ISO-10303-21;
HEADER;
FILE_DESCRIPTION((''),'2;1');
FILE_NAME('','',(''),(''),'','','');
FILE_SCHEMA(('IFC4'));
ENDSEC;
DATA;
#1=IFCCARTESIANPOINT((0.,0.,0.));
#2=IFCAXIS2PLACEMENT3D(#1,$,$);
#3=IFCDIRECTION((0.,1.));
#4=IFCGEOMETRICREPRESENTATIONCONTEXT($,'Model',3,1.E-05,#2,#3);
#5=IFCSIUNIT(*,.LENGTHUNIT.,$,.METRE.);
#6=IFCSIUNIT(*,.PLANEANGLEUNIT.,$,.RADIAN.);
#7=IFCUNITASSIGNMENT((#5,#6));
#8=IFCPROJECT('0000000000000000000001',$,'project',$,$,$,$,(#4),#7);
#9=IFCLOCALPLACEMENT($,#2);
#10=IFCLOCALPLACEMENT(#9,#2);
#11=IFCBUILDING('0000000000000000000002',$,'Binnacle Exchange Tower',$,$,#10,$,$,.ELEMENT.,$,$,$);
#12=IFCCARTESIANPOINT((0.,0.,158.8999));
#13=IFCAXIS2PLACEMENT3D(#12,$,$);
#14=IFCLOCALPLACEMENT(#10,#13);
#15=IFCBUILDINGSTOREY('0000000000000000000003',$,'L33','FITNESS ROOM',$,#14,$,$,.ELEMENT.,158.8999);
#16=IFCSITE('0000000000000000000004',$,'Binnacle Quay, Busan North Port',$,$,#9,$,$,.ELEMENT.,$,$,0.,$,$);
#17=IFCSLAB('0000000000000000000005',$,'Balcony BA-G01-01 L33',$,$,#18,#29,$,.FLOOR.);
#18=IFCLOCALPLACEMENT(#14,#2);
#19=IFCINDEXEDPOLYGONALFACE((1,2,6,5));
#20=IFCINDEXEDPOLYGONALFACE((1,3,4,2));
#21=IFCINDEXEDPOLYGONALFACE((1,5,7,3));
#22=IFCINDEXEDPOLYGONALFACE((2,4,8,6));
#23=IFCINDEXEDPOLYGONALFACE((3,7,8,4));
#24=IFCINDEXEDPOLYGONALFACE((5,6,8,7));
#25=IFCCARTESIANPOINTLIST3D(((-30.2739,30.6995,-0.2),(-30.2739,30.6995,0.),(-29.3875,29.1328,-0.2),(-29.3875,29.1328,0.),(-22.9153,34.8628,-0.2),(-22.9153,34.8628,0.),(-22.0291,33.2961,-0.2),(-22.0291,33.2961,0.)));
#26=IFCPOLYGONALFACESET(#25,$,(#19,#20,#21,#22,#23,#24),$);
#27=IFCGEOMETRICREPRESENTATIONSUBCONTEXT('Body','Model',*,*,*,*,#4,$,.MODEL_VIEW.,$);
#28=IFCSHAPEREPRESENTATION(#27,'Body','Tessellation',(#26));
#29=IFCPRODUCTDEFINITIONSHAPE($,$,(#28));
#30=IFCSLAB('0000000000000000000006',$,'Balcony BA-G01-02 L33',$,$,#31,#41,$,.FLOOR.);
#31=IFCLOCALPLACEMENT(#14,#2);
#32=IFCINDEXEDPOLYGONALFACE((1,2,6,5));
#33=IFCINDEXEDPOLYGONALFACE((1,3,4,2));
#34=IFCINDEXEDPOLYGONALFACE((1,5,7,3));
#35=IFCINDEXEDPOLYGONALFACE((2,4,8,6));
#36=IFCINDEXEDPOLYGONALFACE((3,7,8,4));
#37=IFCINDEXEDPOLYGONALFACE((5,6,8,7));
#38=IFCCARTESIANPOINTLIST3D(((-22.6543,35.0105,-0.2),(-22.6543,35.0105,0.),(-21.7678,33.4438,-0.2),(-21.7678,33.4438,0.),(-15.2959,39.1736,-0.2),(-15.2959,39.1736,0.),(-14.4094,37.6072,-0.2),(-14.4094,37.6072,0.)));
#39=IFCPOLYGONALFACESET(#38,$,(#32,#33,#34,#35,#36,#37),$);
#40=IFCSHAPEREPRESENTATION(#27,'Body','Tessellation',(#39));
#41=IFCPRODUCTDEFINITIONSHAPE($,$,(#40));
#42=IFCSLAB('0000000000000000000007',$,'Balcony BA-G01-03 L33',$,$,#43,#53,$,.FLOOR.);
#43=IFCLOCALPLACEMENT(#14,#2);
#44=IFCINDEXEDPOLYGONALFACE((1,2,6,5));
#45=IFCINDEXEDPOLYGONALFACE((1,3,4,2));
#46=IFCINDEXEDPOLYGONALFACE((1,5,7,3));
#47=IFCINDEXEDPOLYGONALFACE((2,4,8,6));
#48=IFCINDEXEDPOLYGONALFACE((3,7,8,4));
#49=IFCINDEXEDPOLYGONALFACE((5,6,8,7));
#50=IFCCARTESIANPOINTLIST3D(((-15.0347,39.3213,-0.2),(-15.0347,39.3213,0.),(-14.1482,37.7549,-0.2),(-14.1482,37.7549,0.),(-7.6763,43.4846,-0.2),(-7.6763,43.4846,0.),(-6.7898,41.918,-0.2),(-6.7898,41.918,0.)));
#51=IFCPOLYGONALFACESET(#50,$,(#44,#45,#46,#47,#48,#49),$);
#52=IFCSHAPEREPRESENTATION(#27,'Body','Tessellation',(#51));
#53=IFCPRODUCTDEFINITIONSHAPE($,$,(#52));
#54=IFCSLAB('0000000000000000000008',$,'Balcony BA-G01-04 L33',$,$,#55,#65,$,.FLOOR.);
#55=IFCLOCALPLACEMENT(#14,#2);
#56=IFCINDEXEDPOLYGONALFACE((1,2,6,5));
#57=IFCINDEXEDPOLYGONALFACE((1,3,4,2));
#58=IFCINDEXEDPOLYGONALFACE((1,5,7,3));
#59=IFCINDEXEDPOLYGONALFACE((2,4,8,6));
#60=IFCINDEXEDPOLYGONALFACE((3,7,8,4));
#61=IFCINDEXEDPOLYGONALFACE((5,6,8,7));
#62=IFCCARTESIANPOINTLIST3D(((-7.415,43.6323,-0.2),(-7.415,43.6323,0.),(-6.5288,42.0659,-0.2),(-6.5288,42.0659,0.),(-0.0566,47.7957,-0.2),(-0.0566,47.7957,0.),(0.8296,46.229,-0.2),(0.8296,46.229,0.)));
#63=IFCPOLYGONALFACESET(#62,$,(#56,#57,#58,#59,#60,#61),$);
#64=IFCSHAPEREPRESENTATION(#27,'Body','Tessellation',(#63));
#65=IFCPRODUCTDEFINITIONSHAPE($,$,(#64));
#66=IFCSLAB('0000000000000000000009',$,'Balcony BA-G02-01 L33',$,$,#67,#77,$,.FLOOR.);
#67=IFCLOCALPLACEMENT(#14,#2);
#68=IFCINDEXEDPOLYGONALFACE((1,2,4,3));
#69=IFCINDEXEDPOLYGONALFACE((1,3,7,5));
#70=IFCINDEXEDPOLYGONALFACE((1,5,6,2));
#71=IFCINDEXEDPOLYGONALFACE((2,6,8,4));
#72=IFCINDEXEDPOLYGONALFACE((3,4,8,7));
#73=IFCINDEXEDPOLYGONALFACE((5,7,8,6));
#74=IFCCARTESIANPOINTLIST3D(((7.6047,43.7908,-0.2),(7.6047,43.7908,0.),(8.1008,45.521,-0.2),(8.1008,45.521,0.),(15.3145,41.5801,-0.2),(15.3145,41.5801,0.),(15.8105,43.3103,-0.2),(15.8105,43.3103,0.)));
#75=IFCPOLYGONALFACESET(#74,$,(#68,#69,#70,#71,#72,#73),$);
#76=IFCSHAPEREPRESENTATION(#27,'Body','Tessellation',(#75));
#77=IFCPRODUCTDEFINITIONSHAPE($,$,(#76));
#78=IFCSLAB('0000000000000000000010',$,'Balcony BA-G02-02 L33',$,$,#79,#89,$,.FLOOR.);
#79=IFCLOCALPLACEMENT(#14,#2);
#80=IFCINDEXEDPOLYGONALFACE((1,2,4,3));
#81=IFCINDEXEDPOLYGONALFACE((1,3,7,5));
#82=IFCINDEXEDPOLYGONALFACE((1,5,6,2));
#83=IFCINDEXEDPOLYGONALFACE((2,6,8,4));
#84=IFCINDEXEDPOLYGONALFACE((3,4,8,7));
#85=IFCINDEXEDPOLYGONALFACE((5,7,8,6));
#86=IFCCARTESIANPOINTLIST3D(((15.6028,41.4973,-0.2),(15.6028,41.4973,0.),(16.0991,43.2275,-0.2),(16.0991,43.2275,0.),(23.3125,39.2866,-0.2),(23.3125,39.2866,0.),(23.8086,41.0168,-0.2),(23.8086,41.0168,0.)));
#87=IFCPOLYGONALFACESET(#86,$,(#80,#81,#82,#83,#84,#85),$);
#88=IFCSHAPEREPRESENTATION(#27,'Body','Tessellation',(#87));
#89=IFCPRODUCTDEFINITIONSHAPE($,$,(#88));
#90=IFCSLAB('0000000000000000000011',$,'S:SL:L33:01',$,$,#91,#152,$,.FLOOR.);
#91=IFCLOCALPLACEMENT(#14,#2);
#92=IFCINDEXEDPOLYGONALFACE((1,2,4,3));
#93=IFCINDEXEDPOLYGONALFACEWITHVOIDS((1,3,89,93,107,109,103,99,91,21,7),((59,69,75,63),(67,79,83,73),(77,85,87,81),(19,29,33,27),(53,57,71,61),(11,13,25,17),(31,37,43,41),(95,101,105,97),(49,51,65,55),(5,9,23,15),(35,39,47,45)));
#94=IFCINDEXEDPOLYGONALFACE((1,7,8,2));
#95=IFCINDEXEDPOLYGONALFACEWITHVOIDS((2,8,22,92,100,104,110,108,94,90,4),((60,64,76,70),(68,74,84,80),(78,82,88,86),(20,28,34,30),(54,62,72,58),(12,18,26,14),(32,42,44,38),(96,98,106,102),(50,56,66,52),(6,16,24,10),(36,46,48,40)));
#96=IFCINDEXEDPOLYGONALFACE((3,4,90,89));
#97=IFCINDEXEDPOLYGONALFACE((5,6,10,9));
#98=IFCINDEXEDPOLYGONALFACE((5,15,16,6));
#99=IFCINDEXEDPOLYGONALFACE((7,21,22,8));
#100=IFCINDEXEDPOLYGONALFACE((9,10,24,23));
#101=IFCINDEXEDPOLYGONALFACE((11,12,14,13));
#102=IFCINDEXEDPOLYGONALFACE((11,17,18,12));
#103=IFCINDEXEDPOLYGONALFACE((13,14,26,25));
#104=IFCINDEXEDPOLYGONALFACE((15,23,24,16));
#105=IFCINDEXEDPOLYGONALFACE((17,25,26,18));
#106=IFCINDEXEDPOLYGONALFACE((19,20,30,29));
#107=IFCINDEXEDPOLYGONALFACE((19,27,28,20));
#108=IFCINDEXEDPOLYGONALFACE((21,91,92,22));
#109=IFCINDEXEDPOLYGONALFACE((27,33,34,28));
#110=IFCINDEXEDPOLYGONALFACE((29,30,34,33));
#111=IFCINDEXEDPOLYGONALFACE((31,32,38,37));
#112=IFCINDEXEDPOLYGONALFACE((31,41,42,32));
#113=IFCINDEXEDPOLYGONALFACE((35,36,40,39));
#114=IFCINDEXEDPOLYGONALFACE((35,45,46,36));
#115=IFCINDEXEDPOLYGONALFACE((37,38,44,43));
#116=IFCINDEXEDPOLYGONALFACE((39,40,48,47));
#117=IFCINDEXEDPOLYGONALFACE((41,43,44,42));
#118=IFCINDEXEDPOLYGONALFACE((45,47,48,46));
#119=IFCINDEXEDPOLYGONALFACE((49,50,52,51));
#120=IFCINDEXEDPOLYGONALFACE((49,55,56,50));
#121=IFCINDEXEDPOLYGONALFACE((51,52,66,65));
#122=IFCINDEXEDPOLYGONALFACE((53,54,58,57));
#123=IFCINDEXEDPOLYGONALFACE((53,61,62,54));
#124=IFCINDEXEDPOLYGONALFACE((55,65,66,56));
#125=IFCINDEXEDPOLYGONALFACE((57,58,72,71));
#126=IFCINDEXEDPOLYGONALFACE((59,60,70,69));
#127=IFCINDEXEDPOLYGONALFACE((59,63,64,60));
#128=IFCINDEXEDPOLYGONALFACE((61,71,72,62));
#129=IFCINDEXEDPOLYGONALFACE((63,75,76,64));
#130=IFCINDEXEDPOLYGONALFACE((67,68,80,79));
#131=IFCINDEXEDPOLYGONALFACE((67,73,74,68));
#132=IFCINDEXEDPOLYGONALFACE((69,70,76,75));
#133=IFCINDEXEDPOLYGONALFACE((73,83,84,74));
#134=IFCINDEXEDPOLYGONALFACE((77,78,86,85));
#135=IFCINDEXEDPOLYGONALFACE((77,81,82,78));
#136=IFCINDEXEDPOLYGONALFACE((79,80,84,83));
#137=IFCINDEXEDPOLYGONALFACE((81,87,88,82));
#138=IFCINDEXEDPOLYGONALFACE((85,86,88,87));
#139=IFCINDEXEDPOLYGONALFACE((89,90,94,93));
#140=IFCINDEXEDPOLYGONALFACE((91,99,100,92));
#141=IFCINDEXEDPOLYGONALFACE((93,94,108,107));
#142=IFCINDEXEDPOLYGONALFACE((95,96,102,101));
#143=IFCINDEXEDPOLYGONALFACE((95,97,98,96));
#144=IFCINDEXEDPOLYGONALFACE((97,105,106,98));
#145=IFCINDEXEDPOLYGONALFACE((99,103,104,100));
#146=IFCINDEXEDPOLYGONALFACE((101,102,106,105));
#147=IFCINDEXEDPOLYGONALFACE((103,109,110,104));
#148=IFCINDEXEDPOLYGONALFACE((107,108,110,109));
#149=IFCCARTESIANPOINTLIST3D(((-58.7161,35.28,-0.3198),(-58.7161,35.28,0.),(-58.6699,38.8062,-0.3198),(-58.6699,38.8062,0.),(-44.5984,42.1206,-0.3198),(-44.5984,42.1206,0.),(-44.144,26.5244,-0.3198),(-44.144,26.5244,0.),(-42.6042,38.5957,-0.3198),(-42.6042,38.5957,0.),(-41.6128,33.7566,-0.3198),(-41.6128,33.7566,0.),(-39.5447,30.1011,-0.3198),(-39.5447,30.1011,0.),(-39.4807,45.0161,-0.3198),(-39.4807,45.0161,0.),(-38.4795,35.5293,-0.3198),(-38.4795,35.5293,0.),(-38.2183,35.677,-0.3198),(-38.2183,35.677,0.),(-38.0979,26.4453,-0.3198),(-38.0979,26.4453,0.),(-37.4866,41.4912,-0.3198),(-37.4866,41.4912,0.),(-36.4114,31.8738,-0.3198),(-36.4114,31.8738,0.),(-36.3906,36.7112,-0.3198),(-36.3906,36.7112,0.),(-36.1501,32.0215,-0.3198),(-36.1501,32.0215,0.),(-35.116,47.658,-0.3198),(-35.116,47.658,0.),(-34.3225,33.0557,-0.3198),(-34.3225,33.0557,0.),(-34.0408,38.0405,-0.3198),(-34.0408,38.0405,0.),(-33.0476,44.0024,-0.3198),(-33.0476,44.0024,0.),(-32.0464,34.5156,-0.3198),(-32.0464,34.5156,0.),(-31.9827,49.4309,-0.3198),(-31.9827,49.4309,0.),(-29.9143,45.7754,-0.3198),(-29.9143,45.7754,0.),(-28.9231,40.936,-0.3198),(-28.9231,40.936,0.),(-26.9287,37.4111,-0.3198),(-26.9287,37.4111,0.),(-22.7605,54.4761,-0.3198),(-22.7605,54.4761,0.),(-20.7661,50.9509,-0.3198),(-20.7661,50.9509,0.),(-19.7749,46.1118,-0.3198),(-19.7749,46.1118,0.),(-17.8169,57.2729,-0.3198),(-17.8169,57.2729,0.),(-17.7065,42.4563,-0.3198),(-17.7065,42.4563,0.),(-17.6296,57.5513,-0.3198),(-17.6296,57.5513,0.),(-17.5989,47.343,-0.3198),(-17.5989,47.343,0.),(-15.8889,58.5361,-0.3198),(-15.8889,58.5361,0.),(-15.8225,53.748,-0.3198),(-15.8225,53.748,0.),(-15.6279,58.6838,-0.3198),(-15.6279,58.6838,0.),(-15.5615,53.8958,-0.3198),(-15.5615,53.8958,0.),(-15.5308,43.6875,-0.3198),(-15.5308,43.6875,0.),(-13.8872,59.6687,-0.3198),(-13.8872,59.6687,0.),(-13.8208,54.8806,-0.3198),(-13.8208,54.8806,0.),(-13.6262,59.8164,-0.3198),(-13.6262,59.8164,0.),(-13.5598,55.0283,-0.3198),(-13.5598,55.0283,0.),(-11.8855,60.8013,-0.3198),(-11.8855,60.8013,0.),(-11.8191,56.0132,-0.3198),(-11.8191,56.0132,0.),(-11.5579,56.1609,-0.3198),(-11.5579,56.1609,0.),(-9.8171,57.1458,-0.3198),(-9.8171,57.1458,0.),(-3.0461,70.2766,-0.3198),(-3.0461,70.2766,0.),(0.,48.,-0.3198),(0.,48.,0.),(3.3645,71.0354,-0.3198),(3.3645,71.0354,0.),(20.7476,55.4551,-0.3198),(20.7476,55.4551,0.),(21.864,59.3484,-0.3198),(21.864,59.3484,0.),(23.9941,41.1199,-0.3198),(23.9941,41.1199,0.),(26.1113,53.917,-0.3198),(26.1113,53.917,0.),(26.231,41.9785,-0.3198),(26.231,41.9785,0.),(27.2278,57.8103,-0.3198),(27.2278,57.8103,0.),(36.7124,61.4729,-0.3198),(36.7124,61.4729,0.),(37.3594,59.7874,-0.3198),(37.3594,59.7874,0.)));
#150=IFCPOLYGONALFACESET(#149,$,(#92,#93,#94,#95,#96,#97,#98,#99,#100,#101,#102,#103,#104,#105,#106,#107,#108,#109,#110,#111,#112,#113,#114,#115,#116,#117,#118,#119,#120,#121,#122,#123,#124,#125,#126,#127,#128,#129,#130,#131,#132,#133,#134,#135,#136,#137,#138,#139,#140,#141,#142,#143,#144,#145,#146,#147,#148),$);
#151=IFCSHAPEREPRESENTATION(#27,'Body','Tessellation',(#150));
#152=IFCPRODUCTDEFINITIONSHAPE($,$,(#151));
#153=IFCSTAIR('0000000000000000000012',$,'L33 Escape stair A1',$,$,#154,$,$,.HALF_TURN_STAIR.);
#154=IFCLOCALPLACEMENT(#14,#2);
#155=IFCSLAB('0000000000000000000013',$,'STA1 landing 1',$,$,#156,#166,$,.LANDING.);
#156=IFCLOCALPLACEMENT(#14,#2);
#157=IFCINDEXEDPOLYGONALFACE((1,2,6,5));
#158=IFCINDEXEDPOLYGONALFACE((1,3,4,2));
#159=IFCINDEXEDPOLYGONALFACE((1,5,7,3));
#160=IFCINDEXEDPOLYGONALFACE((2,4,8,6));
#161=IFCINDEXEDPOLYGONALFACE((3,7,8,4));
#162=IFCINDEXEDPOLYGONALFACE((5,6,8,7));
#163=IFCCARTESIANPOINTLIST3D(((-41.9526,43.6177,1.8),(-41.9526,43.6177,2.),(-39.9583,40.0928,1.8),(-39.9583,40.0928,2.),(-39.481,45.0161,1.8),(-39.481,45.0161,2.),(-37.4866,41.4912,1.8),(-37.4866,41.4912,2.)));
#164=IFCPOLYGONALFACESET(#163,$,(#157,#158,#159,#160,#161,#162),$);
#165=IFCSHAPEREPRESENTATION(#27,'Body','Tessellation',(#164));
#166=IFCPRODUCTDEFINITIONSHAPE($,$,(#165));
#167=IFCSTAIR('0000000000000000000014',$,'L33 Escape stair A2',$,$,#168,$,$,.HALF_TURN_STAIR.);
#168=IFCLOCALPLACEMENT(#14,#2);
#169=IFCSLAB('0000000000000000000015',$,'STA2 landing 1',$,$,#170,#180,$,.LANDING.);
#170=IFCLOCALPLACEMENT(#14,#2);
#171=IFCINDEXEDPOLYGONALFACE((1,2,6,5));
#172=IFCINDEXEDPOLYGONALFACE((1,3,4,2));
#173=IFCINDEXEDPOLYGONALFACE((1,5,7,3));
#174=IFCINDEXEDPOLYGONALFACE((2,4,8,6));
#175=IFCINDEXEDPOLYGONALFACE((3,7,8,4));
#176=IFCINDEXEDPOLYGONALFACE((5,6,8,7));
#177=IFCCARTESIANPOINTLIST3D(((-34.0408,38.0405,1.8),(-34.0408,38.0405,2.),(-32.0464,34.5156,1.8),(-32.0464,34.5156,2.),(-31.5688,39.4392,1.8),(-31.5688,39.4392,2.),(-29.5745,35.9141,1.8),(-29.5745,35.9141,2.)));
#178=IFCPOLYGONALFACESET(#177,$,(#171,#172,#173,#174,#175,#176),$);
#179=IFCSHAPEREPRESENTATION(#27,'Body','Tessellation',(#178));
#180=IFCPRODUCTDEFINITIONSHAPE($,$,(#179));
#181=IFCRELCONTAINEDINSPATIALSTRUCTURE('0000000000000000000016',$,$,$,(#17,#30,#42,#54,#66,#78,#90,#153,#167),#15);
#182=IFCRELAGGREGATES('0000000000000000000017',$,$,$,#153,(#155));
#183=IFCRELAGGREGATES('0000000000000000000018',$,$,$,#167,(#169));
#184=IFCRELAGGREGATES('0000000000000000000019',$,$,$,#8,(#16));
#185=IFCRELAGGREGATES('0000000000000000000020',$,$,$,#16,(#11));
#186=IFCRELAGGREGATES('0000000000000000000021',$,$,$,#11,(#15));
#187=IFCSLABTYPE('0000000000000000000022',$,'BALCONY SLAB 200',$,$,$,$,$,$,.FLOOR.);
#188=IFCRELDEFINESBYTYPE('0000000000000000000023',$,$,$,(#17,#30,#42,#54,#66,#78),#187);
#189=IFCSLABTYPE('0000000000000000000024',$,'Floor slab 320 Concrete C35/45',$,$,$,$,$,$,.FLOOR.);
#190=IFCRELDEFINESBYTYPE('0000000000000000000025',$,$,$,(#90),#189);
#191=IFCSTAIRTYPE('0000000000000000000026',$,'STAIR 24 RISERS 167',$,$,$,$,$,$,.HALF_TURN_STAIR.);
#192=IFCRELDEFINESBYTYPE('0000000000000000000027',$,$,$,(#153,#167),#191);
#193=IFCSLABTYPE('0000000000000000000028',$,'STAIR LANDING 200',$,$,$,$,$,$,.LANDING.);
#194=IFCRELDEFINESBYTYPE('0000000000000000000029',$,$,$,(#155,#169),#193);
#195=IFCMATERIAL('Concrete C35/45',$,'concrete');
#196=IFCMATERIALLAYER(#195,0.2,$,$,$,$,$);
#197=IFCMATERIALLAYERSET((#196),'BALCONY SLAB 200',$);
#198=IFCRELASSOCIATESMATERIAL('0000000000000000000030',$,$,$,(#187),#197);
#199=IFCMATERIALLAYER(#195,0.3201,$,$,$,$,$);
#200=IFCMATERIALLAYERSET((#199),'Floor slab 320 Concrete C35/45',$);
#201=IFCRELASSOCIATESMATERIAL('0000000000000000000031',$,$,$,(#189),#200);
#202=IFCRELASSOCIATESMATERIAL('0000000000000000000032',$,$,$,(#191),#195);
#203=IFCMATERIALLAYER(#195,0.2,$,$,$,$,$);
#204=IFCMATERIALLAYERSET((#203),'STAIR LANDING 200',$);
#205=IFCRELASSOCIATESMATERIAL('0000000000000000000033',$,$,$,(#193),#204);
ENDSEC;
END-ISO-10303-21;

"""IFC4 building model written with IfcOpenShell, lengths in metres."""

from ifc_helpers import new_model, si_unit, direction, frame, origin, place, context, subcontext, project, spatial, polyline, outline, extrude, material, layer, layer_set, type_object, element, aggregate, save


model = new_model("IFC4")

# Units and contexts
model_context = context("Model", 3, precision=1e-05, world=origin(), true_north=direction((0.0, 1.0)))
body_context = subcontext(model_context, "Body", "Model", "MODEL_VIEW")
ifc_project = project(units=[si_unit("LENGTHUNIT", "METRE"), si_unit("PLANEANGLEUNIT", "RADIAN")], contexts=[model_context])

# Site, building, storey
site_placement = place(None, origin())
site = spatial("IfcSite", under=ifc_project, at=site_placement, Name="Binnacle Quay, Busan North Port", CompositionType="ELEMENT", RefElevation=0.0)
building_placement = place(site_placement, origin())
building = spatial("IfcBuilding", under=site, at=building_placement, Name="Binnacle Exchange Tower", CompositionType="ELEMENT")
storey_placement = place(building_placement, frame((0.0, 0.0, 158.8999)))
storey = spatial("IfcBuildingStorey", under=building, at=storey_placement, Name="L33", Description="FITNESS ROOM", CompositionType="ELEMENT", Elevation=158.8999)

# Slabs
ifc_material_1 = material(Name="Concrete C35/45", Category="concrete")
ifc_layer_1 = layer(ifc_material_1, 0.2)
ifc_layer_set_1 = layer_set([ifc_layer_1], Name="BALCONY SLAB 200")
slab_type_1 = type_object("IfcSlabType", Name="BALCONY SLAB 200", PredefinedType="FLOOR", material=ifc_layer_set_1)
slab_1_placement = place(storey_placement, frame((0.0, 0.0, -0.2)))
element("IfcSlab", 1, at=slab_1_placement, inside=storey, type_object=slab_type_1, Name="Balcony BA-G01-01 L33", PredefinedType="FLOOR", context=body_context, shape_type="SweptSolid", body=[
    extrude(outline(polyline([(-30.2739, 30.6995), (-22.9153, 34.8628), (-22.0291, 33.2961), (-29.3875, 29.1328), (-30.2739, 30.6995)])), origin(), (0.0, 0.0, 1.0), 0.2),
])
slab_2_placement = place(storey_placement, frame((0.0, 0.0, -0.2)))
element("IfcSlab", 2, at=slab_2_placement, inside=storey, type_object=slab_type_1, Name="Balcony BA-G01-02 L33", PredefinedType="FLOOR", context=body_context, shape_type="SweptSolid", body=[
    extrude(outline(polyline([(-22.6543, 35.0105), (-15.2959, 39.1736), (-14.4094, 37.6072), (-21.7678, 33.4438), (-22.6543, 35.0105)])), origin(), (0.0, 0.0, 1.0), 0.2),
])
slab_3_placement = place(storey_placement, frame((0.0, 0.0, -0.2)))
element("IfcSlab", 3, at=slab_3_placement, inside=storey, type_object=slab_type_1, Name="Balcony BA-G01-03 L33", PredefinedType="FLOOR", context=body_context, shape_type="SweptSolid", body=[
    extrude(outline(polyline([(-15.0347, 39.3213), (-7.6763, 43.4846), (-6.7898, 41.918), (-14.1482, 37.7549), (-15.0347, 39.3213)])), origin(), (0.0, 0.0, 1.0), 0.2),
])
slab_4_placement = place(storey_placement, frame((0.0, 0.0, -0.2)))
element("IfcSlab", 4, at=slab_4_placement, inside=storey, type_object=slab_type_1, Name="Balcony BA-G01-04 L33", PredefinedType="FLOOR", context=body_context, shape_type="SweptSolid", body=[
    extrude(outline(polyline([(-7.415, 43.6323), (-0.0566, 47.7957), (0.8296, 46.229), (-6.5288, 42.0659), (-7.415, 43.6323)])), origin(), (0.0, 0.0, 1.0), 0.2),
])
slab_5_placement = place(storey_placement, frame((0.0, 0.0, -0.2)))
element("IfcSlab", 5, at=slab_5_placement, inside=storey, type_object=slab_type_1, Name="Balcony BA-G02-01 L33", PredefinedType="FLOOR", context=body_context, shape_type="SweptSolid", body=[
    extrude(outline(polyline([(8.1008, 45.521), (15.8105, 43.3103), (15.3145, 41.5801), (7.6047, 43.7908), (8.1008, 45.521)])), origin(), (0.0, 0.0, 1.0), 0.2),
])
slab_6_placement = place(storey_placement, frame((0.0, 0.0, -0.2)))
element("IfcSlab", 6, at=slab_6_placement, inside=storey, type_object=slab_type_1, Name="Balcony BA-G02-02 L33", PredefinedType="FLOOR", context=body_context, shape_type="SweptSolid", body=[
    extrude(outline(polyline([(16.0991, 43.2275), (23.8086, 41.0168), (23.3125, 39.2866), (15.6028, 41.4973), (16.0991, 43.2275)])), origin(), (0.0, 0.0, 1.0), 0.2),
])
ifc_layer_2 = layer(ifc_material_1, 0.3201)
ifc_layer_set_2 = layer_set([ifc_layer_2], Name="Floor slab 320 Concrete C35/45")
slab_type_2 = type_object("IfcSlabType", Name="Floor slab 320 Concrete C35/45", PredefinedType="FLOOR", material=ifc_layer_set_2)
slab_7_placement = place(storey_placement, frame((0.0, 0.0, -0.3198)))
element("IfcSlab", 7, at=slab_7_placement, inside=storey, type_object=slab_type_2, Name="S:SL:L33:01", PredefinedType="FLOOR", context=body_context, shape_type="SweptSolid", body=[
    extrude(outline(polyline([(-58.7161, 35.28), (-58.6699, 38.8062), (-3.0461, 70.2766), (3.3645, 71.0354), (36.7124, 61.4729), (37.3594, 59.7874), (26.231, 41.9785), (23.9941, 41.1199), (0.0, 48.0), (-38.0979, 26.4453), (-44.144, 26.5244), (-58.7161, 35.28)]), holes=[polyline([(-38.4795, 35.5293), (-41.6128, 33.7566), (-39.5447, 30.1011), (-36.4114, 31.8738), (-38.4795, 35.5293)]), polyline([(-36.3906, 36.7112), (-38.2183, 35.677), (-36.1501, 32.0215), (-34.3225, 33.0557), (-36.3906, 36.7112)]), polyline([(-32.0464, 34.5156), (-26.9287, 37.4111), (-28.9231, 40.936), (-34.0408, 38.0405), (-32.0464, 34.5156)]), polyline([(-37.4866, 41.4912), (-39.4807, 45.0161), (-44.5984, 42.1206), (-42.6042, 38.5957), (-37.4866, 41.4912)]), polyline([(-29.9143, 45.7754), (-31.9827, 49.4309), (-35.116, 47.658), (-33.0476, 44.0024), (-29.9143, 45.7754)]), polyline([(-17.8169, 57.2729), (-22.7605, 54.4761), (-20.7661, 50.9509), (-15.8225, 53.748), (-17.8169, 57.2729)]), polyline([(-15.5308, 43.6875), (-17.5989, 47.343), (-19.7749, 46.1118), (-17.7065, 42.4563), (-15.5308, 43.6875)]), polyline([(-13.8208, 54.8806), (-15.8889, 58.5361), (-17.6296, 57.5513), (-15.5615, 53.8958), (-13.8208, 54.8806)]), polyline([(27.2278, 57.8103), (21.864, 59.3484), (20.7476, 55.4551), (26.1113, 53.917), (27.2278, 57.8103)]), polyline([(-11.8191, 56.0132), (-13.8872, 59.6687), (-15.6279, 58.6838), (-13.5598, 55.0283), (-11.8191, 56.0132)]), polyline([(-9.8171, 57.1458), (-11.8855, 60.8013), (-13.6262, 59.8164), (-11.5579, 56.1609), (-9.8171, 57.1458)])]), origin(), (0.0, 0.0, 1.0), 0.3198),
])

# Stairs, slabs
stair_type = type_object("IfcStairType", Name="STAIR 24 RISERS 167", PredefinedType="HALF_TURN_STAIR", material=ifc_material_1)
stair_1_placement = place(storey_placement, origin())
stair_1 = element("IfcStair", 8, at=stair_1_placement, inside=storey, type_object=stair_type, Name="L33 Escape stair A1", PredefinedType="HALF_TURN_STAIR")
ifc_layer_3 = layer(ifc_material_1, 0.2)
ifc_layer_set_3 = layer_set([ifc_layer_3], Name="STAIR LANDING 200")
slab_type_3 = type_object("IfcSlabType", Name="STAIR LANDING 200", PredefinedType="LANDING", material=ifc_layer_set_3)
slab_8_placement = place(storey_placement, frame((0.0, 0.0, 1.8)))
slab_8 = element("IfcSlab", 9, at=slab_8_placement, type_object=slab_type_3, Name="STA1 landing 1", PredefinedType="LANDING", context=body_context, shape_type="SweptSolid", body=[
    extrude(outline(polyline([(-39.9583, 40.0928), (-37.4866, 41.4912), (-39.481, 45.0161), (-41.9526, 43.6177), (-39.9583, 40.0928)])), origin(), (0.0, 0.0, 1.0), 0.2),
])
aggregate(stair_1, [slab_8])
stair_2_placement = place(storey_placement, origin())
stair_2 = element("IfcStair", 10, at=stair_2_placement, inside=storey, type_object=stair_type, Name="L33 Escape stair A2", PredefinedType="HALF_TURN_STAIR")
slab_9_placement = place(storey_placement, frame((0.0, 0.0, 1.8)))
slab_9 = element("IfcSlab", 11, at=slab_9_placement, type_object=slab_type_3, Name="STA2 landing 1", PredefinedType="LANDING", context=body_context, shape_type="SweptSolid", body=[
    extrude(outline(polyline([(-31.5688, 39.4392), (-34.0408, 38.0405), (-32.0464, 34.5156), (-29.5745, 35.9141), (-31.5688, 39.4392)])), origin(), (0.0, 0.0, 1.0), 0.2),
])
aggregate(stair_2, [slab_9])

save(model, "model.ifc")
